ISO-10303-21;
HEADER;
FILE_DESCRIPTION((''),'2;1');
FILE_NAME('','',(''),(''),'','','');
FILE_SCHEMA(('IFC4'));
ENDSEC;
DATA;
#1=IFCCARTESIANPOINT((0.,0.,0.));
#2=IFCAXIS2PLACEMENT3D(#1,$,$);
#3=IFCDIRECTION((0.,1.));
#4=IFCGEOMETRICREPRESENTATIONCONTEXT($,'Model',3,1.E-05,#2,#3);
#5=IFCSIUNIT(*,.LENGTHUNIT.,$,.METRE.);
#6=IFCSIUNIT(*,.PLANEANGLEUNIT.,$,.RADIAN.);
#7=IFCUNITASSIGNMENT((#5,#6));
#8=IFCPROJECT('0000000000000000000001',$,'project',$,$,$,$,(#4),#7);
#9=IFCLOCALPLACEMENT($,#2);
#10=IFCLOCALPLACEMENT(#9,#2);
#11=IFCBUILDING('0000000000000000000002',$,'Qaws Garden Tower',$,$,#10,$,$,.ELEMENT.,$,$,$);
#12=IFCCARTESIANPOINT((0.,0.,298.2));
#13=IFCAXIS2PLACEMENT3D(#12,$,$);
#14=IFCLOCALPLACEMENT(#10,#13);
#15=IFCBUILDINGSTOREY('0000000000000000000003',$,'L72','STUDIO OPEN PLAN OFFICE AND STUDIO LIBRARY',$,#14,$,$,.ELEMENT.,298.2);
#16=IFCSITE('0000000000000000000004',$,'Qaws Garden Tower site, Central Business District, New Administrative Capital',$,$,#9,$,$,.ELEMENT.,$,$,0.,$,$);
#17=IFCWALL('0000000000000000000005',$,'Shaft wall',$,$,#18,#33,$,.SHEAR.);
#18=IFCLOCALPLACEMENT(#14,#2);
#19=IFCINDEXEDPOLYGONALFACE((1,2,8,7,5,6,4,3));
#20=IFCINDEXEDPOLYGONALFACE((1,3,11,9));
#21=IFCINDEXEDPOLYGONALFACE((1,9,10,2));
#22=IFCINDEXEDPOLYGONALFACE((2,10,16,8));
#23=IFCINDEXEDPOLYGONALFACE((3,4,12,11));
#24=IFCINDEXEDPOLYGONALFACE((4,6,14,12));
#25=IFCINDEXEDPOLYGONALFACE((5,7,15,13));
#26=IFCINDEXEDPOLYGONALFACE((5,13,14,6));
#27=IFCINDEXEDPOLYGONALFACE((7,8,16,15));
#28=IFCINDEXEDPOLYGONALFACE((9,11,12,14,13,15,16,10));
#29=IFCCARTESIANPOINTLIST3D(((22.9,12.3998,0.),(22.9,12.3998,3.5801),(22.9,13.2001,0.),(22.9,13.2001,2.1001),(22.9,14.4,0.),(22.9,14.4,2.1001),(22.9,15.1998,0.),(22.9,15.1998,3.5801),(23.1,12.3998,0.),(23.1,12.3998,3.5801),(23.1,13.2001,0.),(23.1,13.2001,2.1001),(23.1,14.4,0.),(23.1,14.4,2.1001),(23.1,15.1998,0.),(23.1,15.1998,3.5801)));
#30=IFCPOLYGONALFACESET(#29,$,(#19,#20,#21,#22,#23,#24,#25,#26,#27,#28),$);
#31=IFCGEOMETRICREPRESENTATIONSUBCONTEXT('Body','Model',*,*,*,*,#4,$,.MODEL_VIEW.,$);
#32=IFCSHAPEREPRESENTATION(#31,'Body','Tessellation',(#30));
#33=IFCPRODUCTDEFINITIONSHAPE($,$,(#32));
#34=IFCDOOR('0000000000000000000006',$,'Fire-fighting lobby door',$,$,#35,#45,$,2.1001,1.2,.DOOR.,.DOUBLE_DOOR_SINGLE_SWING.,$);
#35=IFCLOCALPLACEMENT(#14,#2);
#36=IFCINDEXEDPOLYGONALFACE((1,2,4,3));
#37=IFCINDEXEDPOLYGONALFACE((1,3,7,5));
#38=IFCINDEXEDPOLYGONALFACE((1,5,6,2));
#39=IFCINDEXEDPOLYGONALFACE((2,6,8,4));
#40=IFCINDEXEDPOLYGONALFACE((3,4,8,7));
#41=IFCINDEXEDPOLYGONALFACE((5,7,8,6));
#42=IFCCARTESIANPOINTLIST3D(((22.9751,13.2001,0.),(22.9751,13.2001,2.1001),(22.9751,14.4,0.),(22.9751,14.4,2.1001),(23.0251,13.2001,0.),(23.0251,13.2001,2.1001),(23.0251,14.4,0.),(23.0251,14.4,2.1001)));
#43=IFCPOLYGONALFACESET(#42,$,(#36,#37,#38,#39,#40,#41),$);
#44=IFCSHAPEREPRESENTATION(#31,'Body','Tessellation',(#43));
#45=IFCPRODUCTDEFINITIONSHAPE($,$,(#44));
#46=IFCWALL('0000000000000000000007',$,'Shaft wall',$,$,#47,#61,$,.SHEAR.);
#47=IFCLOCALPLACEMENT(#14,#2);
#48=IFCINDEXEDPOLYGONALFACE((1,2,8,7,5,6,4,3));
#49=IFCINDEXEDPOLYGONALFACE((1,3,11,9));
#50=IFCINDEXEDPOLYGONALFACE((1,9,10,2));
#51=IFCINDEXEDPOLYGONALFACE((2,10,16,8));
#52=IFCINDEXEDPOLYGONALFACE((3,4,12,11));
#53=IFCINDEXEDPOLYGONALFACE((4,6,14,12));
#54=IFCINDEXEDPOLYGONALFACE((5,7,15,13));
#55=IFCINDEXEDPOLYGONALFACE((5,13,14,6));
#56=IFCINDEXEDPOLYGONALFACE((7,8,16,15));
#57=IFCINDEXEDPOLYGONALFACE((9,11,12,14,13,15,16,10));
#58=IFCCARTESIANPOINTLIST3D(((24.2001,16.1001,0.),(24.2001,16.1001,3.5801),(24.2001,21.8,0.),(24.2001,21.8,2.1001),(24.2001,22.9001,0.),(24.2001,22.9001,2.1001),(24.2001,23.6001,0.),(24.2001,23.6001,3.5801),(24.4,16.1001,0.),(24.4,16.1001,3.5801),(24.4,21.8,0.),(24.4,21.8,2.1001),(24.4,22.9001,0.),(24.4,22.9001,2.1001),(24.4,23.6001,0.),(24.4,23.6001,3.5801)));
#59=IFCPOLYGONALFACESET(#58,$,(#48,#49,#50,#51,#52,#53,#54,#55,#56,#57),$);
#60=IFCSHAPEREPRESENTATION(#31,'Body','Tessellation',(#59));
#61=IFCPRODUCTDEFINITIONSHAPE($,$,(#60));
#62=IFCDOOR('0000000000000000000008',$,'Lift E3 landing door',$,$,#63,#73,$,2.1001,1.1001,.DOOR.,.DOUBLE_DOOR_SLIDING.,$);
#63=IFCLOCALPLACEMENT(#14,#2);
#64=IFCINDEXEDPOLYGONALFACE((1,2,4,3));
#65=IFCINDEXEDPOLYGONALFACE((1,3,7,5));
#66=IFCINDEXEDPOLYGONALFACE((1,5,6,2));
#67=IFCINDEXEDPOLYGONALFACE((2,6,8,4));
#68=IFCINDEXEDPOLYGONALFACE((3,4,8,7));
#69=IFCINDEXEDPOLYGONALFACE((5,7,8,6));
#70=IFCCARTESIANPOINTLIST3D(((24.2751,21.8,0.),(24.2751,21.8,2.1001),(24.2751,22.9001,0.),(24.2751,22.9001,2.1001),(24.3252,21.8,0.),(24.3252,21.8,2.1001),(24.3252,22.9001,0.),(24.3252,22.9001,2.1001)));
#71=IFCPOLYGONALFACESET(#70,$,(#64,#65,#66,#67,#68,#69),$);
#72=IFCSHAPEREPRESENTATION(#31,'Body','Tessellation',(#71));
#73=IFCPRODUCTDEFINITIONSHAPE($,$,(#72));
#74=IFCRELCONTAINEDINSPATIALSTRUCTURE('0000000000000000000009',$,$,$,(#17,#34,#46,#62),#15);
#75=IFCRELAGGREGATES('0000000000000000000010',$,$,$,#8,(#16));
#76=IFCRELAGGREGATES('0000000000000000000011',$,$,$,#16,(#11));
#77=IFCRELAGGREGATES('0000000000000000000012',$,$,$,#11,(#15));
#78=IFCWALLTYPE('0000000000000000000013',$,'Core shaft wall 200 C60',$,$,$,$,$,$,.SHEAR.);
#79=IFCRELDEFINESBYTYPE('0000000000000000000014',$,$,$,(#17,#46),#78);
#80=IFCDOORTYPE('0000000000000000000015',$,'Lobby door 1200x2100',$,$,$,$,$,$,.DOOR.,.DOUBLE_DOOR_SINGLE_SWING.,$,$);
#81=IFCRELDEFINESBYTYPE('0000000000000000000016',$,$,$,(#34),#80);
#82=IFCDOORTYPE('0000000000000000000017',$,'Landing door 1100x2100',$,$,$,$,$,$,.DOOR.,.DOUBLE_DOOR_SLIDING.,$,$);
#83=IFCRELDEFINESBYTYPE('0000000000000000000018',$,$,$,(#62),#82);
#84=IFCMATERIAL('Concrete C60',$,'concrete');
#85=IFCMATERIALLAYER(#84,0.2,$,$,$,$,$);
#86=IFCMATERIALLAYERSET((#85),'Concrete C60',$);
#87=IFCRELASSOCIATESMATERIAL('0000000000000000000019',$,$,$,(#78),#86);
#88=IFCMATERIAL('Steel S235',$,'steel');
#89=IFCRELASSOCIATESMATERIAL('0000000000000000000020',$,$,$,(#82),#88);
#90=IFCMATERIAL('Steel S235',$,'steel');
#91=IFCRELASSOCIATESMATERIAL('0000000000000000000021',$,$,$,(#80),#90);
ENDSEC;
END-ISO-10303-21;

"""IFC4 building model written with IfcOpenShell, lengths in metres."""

from ifc_helpers import new_model, si_unit, direction, frame, frame_2d, origin, place, context, subcontext, project, spatial, rectangle, extrude, material, layer, layer_set, type_object, element, fill, save


model = new_model("IFC4")

# Units and contexts
model_context = context("Model", 3, precision=1e-05, world=origin(), true_north=direction((0.0, 1.0)))
body_context = subcontext(model_context, "Body", "Model", "MODEL_VIEW")
ifc_project = project(units=[si_unit("LENGTHUNIT", "METRE"), si_unit("PLANEANGLEUNIT", "RADIAN")], contexts=[model_context])

# Site, building, storey
site_placement = place(None, origin())
site = spatial("IfcSite", under=ifc_project, at=site_placement, Name="Qaws Garden Tower site, Central Business District, New Administrative Capital", CompositionType="ELEMENT", RefElevation=0.0)
building_placement = place(site_placement, origin())
building = spatial("IfcBuilding", under=site, at=building_placement, Name="Qaws Garden Tower", CompositionType="ELEMENT")
storey_placement = place(building_placement, frame((0.0, 0.0, 298.2)))
storey = spatial("IfcBuildingStorey", under=building, at=storey_placement, Name="L72", Description="STUDIO OPEN PLAN OFFICE AND STUDIO LIBRARY", CompositionType="ELEMENT", Elevation=298.2)

# Shared definitions
ifc_material_1 = material(Name="Concrete C60", Category="concrete")
ifc_layer_1 = layer(ifc_material_1, 0.2)
ifc_layer_set_1 = layer_set([ifc_layer_1], Name="Concrete C60")
wall_type_1 = type_object("IfcWallType", Name="Core shaft wall 200 C60", PredefinedType="SHEAR", material=ifc_layer_set_1)
ifc_material_2 = material(Name="Steel S235", Category="steel")
door_type_1 = type_object("IfcDoorType", Name="Landing door 1100x2100", OperationType="DOUBLE_DOOR_SLIDING", PredefinedType="DOOR", material=ifc_material_2)

# Walls, openings, doors
wall_1_placement = place(storey_placement, frame((23.0, 12.3999, 0.0), z_axis=(0.0, 0.0, 1.0), x_axis=(0.0, 1.0, 0.0)))
wall_1 = element("IfcWall", 1, at=wall_1_placement, inside=storey, type_object=wall_type_1, Name="Shaft wall", PredefinedType="SHEAR", context=body_context, shape_type="SweptSolid", body=[
    extrude(rectangle(XDim=2.8, YDim=0.2, at=frame_2d((1.3999, 0.0))), origin(), (0.0, 0.0, 1.0), 3.5801),
])
opening_1_placement = place(wall_1_placement, frame((0.8, 0.0, 0.0)))
opening_1 = element("IfcOpeningElement", 2, at=opening_1_placement, cuts=wall_1, PredefinedType="OPENING", context=body_context, shape_type="SweptSolid", body=[
    extrude(rectangle(XDim=1.2, YDim=2.1001, at=frame_2d((0.6001, 1.05))), frame((0.0, 0.1099, 0.0), z_axis=(0.0, -1.0, 0.0), x_axis=(1.0, 0.0, 0.0)), (0.0, 0.0, 1.0), 0.22),
])
ifc_material_3 = material(Name="Steel S235", Category="steel")
door_type_2 = type_object("IfcDoorType", Name="Lobby door 1200x2100", OperationType="DOUBLE_DOOR_SINGLE_SWING", PredefinedType="DOOR", material=ifc_material_3)
door_1_placement = place(opening_1_placement, origin())
door_1 = element("IfcDoor", 3, at=door_1_placement, inside=storey, type_object=door_type_2, Name="Fire-fighting lobby door", OperationType="DOUBLE_DOOR_SINGLE_SWING", OverallHeight=2.1001, OverallWidth=1.2, PredefinedType="DOOR", context=body_context, shape_type="SweptSolid", body=[
    extrude(rectangle(XDim=1.2, YDim=2.1001, at=frame_2d((0.6001, 1.05))), frame((0.0, 0.0249, 0.0), z_axis=(0.0, -1.0, 0.0), x_axis=(1.0, 0.0, 0.0)), (0.0, 0.0, 1.0), 0.05),
])
fill(opening_1, door_1)
wall_2_placement = place(storey_placement, frame((24.3, 16.1001, 0.0), z_axis=(0.0, 0.0, 1.0), x_axis=(0.0, 1.0, 0.0)))
wall_2 = element("IfcWall", 4, at=wall_2_placement, inside=storey, type_object=wall_type_1, Name="Shaft wall", PredefinedType="SHEAR", context=body_context, shape_type="SweptSolid", body=[
    extrude(rectangle(XDim=7.5, YDim=0.2, at=frame_2d((3.75, 0.0))), origin(), (0.0, 0.0, 1.0), 3.5801),
])
opening_2_placement = place(wall_2_placement, frame((5.7, 0.0, 0.0)))
opening_2 = element("IfcOpeningElement", 5, at=opening_2_placement, cuts=wall_2, PredefinedType="OPENING", context=body_context, shape_type="SweptSolid", body=[
    extrude(rectangle(XDim=1.1001, YDim=2.1001, at=frame_2d((0.55, 1.05))), frame((0.0, 0.1099, 0.0), z_axis=(0.0, -1.0, 0.0), x_axis=(1.0, 0.0, 0.0)), (0.0, 0.0, 1.0), 0.22),
])
door_2_placement = place(opening_2_placement, origin())
door_2 = element("IfcDoor", 6, at=door_2_placement, inside=storey, type_object=door_type_1, Name="Lift E3 landing door", OperationType="DOUBLE_DOOR_SLIDING", OverallHeight=2.1001, OverallWidth=1.1001, PredefinedType="DOOR", context=body_context, shape_type="SweptSolid", body=[
    extrude(rectangle(XDim=1.1001, YDim=2.1001, at=frame_2d((0.55, 1.05))), frame((0.0, 0.0249, 0.0), z_axis=(0.0, -1.0, 0.0), x_axis=(1.0, 0.0, 0.0)), (0.0, 0.0, 1.0), 0.05),
])
fill(opening_2, door_2)

save(model, "model.ifc")
